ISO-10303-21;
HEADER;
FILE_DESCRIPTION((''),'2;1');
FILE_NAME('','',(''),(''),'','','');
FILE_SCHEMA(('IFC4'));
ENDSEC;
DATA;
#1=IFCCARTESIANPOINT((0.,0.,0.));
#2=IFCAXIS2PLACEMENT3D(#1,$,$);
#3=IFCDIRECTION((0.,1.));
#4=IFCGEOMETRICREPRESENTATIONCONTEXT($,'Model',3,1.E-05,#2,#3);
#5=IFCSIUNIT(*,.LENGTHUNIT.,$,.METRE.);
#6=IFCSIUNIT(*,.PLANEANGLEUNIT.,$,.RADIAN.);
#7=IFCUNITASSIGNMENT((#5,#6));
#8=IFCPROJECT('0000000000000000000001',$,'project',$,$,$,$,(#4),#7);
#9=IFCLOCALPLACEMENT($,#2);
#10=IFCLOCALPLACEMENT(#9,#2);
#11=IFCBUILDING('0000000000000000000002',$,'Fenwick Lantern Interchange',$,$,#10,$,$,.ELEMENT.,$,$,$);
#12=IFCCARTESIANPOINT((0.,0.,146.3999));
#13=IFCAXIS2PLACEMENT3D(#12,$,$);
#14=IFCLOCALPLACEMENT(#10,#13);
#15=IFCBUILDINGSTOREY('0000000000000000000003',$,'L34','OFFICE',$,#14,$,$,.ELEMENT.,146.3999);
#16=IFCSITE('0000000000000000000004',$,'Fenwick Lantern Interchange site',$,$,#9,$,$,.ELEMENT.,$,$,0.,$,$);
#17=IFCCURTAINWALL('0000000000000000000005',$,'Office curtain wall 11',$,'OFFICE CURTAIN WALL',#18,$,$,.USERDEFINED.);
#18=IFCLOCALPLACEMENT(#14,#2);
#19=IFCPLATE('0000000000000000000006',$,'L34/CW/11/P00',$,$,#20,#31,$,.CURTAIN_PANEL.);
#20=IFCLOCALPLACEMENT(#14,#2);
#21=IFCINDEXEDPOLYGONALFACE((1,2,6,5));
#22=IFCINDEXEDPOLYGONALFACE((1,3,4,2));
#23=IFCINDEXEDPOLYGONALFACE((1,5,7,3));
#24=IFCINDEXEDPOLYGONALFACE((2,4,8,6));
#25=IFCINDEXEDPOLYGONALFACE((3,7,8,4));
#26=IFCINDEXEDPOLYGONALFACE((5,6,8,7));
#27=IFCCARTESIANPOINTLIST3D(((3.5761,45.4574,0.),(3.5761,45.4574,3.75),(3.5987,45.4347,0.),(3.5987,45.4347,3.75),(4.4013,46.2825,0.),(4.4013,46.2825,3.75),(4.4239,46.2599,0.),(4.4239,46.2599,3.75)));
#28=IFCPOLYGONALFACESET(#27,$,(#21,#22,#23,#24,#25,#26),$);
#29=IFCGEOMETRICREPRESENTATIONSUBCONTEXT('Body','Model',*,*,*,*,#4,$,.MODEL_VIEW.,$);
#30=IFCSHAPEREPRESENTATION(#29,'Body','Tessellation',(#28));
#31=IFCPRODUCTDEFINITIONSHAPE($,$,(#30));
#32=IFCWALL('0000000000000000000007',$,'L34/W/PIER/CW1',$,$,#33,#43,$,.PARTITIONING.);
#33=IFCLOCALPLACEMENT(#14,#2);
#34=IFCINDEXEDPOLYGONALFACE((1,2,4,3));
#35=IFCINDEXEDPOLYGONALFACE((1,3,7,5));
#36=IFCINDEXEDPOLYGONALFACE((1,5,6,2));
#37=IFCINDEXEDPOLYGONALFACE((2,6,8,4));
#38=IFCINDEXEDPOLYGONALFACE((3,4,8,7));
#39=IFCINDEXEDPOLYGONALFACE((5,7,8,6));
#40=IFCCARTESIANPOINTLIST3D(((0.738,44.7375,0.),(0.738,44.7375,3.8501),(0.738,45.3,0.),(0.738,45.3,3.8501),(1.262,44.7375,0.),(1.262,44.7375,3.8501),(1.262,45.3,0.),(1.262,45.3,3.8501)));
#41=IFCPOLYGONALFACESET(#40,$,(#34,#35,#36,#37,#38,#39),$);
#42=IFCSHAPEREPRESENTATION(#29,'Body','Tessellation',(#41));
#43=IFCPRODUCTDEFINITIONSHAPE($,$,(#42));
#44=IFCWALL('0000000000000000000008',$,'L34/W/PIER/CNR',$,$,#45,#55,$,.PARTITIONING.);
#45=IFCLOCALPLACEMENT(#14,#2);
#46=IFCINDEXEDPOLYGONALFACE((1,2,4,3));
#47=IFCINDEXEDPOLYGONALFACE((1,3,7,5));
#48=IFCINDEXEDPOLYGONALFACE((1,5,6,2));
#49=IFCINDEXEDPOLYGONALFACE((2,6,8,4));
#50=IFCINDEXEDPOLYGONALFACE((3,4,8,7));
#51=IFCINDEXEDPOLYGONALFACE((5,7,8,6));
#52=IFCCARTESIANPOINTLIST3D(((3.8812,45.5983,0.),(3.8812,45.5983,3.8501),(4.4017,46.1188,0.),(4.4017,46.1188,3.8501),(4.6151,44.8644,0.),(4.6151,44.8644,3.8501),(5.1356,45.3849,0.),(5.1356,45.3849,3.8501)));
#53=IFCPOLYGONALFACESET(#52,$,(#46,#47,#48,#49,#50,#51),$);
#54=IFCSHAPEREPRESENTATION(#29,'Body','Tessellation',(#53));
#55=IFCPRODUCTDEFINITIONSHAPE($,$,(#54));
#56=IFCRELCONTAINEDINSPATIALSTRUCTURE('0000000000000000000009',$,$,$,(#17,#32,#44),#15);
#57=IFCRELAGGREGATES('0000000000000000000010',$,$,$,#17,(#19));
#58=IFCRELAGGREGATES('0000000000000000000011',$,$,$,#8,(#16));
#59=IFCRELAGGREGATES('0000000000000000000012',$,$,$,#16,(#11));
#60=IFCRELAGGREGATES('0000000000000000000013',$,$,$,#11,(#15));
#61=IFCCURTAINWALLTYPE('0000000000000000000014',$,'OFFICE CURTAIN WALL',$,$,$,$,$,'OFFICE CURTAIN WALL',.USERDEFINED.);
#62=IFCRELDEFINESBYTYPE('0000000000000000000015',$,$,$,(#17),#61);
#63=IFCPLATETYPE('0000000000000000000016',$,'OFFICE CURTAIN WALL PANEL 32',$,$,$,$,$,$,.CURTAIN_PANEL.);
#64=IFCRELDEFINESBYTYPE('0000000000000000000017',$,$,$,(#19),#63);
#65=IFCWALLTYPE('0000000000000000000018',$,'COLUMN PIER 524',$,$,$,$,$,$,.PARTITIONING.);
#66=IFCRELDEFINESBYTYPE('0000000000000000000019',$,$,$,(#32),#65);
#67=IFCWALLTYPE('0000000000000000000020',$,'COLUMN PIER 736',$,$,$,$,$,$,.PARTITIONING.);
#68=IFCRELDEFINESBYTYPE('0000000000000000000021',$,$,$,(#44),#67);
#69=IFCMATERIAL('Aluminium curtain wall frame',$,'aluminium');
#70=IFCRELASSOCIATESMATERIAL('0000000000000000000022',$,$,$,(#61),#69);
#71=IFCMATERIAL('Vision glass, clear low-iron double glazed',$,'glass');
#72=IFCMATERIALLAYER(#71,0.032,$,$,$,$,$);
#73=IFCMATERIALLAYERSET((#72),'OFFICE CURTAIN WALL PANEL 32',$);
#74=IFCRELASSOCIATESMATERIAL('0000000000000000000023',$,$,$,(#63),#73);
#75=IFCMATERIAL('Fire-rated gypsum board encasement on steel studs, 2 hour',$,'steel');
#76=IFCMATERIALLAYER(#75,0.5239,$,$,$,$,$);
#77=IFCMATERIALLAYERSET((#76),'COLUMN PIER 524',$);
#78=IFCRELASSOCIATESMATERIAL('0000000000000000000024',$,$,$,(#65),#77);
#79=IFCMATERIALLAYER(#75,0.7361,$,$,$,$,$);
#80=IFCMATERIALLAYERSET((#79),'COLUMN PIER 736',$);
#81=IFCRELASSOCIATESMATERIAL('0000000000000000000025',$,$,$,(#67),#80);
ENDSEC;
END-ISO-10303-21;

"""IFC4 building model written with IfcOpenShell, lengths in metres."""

from ifc_helpers import new_model, si_unit, direction, frame, frame_2d, origin, origin_2d, place, context, subcontext, project, spatial, rectangle, extrude, material, layer, layer_set, type_object, element, aggregate, save


model = new_model("IFC4")

# Units and contexts
model_context = context("Model", 3, precision=1e-05, world=origin(), true_north=direction((0.0, 1.0)))
body_context = subcontext(model_context, "Body", "Model", "MODEL_VIEW")
ifc_project = project(units=[si_unit("LENGTHUNIT", "METRE"), si_unit("PLANEANGLEUNIT", "RADIAN")], contexts=[model_context])

# Site, building, storey
site_placement = place(None, origin())
site = spatial("IfcSite", under=ifc_project, at=site_placement, Name="Fenwick Lantern Interchange site", CompositionType="ELEMENT", RefElevation=0.0)
building_placement = place(site_placement, origin())
building = spatial("IfcBuilding", under=site, at=building_placement, Name="Fenwick Lantern Interchange", CompositionType="ELEMENT")
storey_placement = place(building_placement, frame((0.0, 0.0, 146.3999)))
storey = spatial("IfcBuildingStorey", under=building, at=storey_placement, Name="L34", Description="OFFICE", CompositionType="ELEMENT", Elevation=146.3999)

# Curtain wall
ifc_material_1 = material(Name="Aluminium curtain wall frame", Category="aluminium")
curtain_wall_type = type_object("IfcCurtainWallType", Name="OFFICE CURTAIN WALL", ElementType="OFFICE CURTAIN WALL", PredefinedType="USERDEFINED", material=ifc_material_1)
curtain_wall_1_placement = place(storey_placement, origin())
curtain_wall_1 = element("IfcCurtainWall", 1, at=curtain_wall_1_placement, inside=storey, type_object=curtain_wall_type, Name="Office curtain wall 11", ObjectType="OFFICE CURTAIN WALL", PredefinedType="USERDEFINED")

# Plate
ifc_material_2 = material(Name="Vision glass, clear low-iron double glazed", Category="glass")
ifc_layer_1 = layer(ifc_material_2, 0.032)
ifc_layer_set_1 = layer_set([ifc_layer_1], Name="OFFICE CURTAIN WALL PANEL 32")
plate_type = type_object("IfcPlateType", Name="OFFICE CURTAIN WALL PANEL 32", PredefinedType="CURTAIN_PANEL", material=ifc_layer_set_1)
plate_1_placement = place(storey_placement, frame((4.0, 45.8586, 0.0), z_axis=(0.0, 0.0, 1.0), x_axis=(-0.707107, -0.707107, 0.0)))
plate_1 = element("IfcPlate", 2, at=plate_1_placement, type_object=plate_type, Name="L34/CW/11/P00", PredefinedType="CURTAIN_PANEL", context=body_context, shape_type="SweptSolid", body=[
    extrude(rectangle(XDim=1.167, YDim=0.032, at=origin_2d()), origin(), (0.0, 0.0, 1.0), 3.75),
])
aggregate(curtain_wall_1, [plate_1])

# Walls
ifc_material_3 = material(Name="Fire-rated gypsum board encasement on steel studs, 2 hour", Category="steel")
ifc_layer_2 = layer(ifc_material_3, 0.5239)
ifc_layer_set_2 = layer_set([ifc_layer_2], Name="COLUMN PIER 524")
wall_type_1 = type_object("IfcWallType", Name="COLUMN PIER 524", PredefinedType="PARTITIONING", material=ifc_layer_set_2)
wall_1_placement = place(storey_placement, frame((1.0, 45.3, 0.0), z_axis=(0.0, 0.0, 1.0), x_axis=(0.0, -1.0, 0.0)))
element("IfcWall", 3, at=wall_1_placement, inside=storey, type_object=wall_type_1, Name="L34/W/PIER/CW1", PredefinedType="PARTITIONING", context=body_context, shape_type="SweptSolid", body=[
    extrude(rectangle(XDim=0.5625, YDim=0.5239, at=frame_2d((0.2812, 0.0))), origin(), (0.0, 0.0, 1.0), 3.8501),
])
ifc_layer_3 = layer(ifc_material_3, 0.7361)
ifc_layer_set_3 = layer_set([ifc_layer_3], Name="COLUMN PIER 736")
wall_type_2 = type_object("IfcWallType", Name="COLUMN PIER 736", PredefinedType="PARTITIONING", material=ifc_layer_set_3)
wall_2_placement = place(storey_placement, frame((4.1414, 45.8586, 0.0), z_axis=(0.0, 0.0, 1.0), x_axis=(0.707107, -0.707107, 0.0)))
element("IfcWall", 4, at=wall_2_placement, inside=storey, type_object=wall_type_2, Name="L34/W/PIER/CNR", PredefinedType="PARTITIONING", context=body_context, shape_type="SweptSolid", body=[
    extrude(rectangle(XDim=1.0378, YDim=0.7361, at=frame_2d((0.519, 0.0))), origin(), (0.0, 0.0, 1.0), 3.8501),
])

save(model, "model.ifc")
